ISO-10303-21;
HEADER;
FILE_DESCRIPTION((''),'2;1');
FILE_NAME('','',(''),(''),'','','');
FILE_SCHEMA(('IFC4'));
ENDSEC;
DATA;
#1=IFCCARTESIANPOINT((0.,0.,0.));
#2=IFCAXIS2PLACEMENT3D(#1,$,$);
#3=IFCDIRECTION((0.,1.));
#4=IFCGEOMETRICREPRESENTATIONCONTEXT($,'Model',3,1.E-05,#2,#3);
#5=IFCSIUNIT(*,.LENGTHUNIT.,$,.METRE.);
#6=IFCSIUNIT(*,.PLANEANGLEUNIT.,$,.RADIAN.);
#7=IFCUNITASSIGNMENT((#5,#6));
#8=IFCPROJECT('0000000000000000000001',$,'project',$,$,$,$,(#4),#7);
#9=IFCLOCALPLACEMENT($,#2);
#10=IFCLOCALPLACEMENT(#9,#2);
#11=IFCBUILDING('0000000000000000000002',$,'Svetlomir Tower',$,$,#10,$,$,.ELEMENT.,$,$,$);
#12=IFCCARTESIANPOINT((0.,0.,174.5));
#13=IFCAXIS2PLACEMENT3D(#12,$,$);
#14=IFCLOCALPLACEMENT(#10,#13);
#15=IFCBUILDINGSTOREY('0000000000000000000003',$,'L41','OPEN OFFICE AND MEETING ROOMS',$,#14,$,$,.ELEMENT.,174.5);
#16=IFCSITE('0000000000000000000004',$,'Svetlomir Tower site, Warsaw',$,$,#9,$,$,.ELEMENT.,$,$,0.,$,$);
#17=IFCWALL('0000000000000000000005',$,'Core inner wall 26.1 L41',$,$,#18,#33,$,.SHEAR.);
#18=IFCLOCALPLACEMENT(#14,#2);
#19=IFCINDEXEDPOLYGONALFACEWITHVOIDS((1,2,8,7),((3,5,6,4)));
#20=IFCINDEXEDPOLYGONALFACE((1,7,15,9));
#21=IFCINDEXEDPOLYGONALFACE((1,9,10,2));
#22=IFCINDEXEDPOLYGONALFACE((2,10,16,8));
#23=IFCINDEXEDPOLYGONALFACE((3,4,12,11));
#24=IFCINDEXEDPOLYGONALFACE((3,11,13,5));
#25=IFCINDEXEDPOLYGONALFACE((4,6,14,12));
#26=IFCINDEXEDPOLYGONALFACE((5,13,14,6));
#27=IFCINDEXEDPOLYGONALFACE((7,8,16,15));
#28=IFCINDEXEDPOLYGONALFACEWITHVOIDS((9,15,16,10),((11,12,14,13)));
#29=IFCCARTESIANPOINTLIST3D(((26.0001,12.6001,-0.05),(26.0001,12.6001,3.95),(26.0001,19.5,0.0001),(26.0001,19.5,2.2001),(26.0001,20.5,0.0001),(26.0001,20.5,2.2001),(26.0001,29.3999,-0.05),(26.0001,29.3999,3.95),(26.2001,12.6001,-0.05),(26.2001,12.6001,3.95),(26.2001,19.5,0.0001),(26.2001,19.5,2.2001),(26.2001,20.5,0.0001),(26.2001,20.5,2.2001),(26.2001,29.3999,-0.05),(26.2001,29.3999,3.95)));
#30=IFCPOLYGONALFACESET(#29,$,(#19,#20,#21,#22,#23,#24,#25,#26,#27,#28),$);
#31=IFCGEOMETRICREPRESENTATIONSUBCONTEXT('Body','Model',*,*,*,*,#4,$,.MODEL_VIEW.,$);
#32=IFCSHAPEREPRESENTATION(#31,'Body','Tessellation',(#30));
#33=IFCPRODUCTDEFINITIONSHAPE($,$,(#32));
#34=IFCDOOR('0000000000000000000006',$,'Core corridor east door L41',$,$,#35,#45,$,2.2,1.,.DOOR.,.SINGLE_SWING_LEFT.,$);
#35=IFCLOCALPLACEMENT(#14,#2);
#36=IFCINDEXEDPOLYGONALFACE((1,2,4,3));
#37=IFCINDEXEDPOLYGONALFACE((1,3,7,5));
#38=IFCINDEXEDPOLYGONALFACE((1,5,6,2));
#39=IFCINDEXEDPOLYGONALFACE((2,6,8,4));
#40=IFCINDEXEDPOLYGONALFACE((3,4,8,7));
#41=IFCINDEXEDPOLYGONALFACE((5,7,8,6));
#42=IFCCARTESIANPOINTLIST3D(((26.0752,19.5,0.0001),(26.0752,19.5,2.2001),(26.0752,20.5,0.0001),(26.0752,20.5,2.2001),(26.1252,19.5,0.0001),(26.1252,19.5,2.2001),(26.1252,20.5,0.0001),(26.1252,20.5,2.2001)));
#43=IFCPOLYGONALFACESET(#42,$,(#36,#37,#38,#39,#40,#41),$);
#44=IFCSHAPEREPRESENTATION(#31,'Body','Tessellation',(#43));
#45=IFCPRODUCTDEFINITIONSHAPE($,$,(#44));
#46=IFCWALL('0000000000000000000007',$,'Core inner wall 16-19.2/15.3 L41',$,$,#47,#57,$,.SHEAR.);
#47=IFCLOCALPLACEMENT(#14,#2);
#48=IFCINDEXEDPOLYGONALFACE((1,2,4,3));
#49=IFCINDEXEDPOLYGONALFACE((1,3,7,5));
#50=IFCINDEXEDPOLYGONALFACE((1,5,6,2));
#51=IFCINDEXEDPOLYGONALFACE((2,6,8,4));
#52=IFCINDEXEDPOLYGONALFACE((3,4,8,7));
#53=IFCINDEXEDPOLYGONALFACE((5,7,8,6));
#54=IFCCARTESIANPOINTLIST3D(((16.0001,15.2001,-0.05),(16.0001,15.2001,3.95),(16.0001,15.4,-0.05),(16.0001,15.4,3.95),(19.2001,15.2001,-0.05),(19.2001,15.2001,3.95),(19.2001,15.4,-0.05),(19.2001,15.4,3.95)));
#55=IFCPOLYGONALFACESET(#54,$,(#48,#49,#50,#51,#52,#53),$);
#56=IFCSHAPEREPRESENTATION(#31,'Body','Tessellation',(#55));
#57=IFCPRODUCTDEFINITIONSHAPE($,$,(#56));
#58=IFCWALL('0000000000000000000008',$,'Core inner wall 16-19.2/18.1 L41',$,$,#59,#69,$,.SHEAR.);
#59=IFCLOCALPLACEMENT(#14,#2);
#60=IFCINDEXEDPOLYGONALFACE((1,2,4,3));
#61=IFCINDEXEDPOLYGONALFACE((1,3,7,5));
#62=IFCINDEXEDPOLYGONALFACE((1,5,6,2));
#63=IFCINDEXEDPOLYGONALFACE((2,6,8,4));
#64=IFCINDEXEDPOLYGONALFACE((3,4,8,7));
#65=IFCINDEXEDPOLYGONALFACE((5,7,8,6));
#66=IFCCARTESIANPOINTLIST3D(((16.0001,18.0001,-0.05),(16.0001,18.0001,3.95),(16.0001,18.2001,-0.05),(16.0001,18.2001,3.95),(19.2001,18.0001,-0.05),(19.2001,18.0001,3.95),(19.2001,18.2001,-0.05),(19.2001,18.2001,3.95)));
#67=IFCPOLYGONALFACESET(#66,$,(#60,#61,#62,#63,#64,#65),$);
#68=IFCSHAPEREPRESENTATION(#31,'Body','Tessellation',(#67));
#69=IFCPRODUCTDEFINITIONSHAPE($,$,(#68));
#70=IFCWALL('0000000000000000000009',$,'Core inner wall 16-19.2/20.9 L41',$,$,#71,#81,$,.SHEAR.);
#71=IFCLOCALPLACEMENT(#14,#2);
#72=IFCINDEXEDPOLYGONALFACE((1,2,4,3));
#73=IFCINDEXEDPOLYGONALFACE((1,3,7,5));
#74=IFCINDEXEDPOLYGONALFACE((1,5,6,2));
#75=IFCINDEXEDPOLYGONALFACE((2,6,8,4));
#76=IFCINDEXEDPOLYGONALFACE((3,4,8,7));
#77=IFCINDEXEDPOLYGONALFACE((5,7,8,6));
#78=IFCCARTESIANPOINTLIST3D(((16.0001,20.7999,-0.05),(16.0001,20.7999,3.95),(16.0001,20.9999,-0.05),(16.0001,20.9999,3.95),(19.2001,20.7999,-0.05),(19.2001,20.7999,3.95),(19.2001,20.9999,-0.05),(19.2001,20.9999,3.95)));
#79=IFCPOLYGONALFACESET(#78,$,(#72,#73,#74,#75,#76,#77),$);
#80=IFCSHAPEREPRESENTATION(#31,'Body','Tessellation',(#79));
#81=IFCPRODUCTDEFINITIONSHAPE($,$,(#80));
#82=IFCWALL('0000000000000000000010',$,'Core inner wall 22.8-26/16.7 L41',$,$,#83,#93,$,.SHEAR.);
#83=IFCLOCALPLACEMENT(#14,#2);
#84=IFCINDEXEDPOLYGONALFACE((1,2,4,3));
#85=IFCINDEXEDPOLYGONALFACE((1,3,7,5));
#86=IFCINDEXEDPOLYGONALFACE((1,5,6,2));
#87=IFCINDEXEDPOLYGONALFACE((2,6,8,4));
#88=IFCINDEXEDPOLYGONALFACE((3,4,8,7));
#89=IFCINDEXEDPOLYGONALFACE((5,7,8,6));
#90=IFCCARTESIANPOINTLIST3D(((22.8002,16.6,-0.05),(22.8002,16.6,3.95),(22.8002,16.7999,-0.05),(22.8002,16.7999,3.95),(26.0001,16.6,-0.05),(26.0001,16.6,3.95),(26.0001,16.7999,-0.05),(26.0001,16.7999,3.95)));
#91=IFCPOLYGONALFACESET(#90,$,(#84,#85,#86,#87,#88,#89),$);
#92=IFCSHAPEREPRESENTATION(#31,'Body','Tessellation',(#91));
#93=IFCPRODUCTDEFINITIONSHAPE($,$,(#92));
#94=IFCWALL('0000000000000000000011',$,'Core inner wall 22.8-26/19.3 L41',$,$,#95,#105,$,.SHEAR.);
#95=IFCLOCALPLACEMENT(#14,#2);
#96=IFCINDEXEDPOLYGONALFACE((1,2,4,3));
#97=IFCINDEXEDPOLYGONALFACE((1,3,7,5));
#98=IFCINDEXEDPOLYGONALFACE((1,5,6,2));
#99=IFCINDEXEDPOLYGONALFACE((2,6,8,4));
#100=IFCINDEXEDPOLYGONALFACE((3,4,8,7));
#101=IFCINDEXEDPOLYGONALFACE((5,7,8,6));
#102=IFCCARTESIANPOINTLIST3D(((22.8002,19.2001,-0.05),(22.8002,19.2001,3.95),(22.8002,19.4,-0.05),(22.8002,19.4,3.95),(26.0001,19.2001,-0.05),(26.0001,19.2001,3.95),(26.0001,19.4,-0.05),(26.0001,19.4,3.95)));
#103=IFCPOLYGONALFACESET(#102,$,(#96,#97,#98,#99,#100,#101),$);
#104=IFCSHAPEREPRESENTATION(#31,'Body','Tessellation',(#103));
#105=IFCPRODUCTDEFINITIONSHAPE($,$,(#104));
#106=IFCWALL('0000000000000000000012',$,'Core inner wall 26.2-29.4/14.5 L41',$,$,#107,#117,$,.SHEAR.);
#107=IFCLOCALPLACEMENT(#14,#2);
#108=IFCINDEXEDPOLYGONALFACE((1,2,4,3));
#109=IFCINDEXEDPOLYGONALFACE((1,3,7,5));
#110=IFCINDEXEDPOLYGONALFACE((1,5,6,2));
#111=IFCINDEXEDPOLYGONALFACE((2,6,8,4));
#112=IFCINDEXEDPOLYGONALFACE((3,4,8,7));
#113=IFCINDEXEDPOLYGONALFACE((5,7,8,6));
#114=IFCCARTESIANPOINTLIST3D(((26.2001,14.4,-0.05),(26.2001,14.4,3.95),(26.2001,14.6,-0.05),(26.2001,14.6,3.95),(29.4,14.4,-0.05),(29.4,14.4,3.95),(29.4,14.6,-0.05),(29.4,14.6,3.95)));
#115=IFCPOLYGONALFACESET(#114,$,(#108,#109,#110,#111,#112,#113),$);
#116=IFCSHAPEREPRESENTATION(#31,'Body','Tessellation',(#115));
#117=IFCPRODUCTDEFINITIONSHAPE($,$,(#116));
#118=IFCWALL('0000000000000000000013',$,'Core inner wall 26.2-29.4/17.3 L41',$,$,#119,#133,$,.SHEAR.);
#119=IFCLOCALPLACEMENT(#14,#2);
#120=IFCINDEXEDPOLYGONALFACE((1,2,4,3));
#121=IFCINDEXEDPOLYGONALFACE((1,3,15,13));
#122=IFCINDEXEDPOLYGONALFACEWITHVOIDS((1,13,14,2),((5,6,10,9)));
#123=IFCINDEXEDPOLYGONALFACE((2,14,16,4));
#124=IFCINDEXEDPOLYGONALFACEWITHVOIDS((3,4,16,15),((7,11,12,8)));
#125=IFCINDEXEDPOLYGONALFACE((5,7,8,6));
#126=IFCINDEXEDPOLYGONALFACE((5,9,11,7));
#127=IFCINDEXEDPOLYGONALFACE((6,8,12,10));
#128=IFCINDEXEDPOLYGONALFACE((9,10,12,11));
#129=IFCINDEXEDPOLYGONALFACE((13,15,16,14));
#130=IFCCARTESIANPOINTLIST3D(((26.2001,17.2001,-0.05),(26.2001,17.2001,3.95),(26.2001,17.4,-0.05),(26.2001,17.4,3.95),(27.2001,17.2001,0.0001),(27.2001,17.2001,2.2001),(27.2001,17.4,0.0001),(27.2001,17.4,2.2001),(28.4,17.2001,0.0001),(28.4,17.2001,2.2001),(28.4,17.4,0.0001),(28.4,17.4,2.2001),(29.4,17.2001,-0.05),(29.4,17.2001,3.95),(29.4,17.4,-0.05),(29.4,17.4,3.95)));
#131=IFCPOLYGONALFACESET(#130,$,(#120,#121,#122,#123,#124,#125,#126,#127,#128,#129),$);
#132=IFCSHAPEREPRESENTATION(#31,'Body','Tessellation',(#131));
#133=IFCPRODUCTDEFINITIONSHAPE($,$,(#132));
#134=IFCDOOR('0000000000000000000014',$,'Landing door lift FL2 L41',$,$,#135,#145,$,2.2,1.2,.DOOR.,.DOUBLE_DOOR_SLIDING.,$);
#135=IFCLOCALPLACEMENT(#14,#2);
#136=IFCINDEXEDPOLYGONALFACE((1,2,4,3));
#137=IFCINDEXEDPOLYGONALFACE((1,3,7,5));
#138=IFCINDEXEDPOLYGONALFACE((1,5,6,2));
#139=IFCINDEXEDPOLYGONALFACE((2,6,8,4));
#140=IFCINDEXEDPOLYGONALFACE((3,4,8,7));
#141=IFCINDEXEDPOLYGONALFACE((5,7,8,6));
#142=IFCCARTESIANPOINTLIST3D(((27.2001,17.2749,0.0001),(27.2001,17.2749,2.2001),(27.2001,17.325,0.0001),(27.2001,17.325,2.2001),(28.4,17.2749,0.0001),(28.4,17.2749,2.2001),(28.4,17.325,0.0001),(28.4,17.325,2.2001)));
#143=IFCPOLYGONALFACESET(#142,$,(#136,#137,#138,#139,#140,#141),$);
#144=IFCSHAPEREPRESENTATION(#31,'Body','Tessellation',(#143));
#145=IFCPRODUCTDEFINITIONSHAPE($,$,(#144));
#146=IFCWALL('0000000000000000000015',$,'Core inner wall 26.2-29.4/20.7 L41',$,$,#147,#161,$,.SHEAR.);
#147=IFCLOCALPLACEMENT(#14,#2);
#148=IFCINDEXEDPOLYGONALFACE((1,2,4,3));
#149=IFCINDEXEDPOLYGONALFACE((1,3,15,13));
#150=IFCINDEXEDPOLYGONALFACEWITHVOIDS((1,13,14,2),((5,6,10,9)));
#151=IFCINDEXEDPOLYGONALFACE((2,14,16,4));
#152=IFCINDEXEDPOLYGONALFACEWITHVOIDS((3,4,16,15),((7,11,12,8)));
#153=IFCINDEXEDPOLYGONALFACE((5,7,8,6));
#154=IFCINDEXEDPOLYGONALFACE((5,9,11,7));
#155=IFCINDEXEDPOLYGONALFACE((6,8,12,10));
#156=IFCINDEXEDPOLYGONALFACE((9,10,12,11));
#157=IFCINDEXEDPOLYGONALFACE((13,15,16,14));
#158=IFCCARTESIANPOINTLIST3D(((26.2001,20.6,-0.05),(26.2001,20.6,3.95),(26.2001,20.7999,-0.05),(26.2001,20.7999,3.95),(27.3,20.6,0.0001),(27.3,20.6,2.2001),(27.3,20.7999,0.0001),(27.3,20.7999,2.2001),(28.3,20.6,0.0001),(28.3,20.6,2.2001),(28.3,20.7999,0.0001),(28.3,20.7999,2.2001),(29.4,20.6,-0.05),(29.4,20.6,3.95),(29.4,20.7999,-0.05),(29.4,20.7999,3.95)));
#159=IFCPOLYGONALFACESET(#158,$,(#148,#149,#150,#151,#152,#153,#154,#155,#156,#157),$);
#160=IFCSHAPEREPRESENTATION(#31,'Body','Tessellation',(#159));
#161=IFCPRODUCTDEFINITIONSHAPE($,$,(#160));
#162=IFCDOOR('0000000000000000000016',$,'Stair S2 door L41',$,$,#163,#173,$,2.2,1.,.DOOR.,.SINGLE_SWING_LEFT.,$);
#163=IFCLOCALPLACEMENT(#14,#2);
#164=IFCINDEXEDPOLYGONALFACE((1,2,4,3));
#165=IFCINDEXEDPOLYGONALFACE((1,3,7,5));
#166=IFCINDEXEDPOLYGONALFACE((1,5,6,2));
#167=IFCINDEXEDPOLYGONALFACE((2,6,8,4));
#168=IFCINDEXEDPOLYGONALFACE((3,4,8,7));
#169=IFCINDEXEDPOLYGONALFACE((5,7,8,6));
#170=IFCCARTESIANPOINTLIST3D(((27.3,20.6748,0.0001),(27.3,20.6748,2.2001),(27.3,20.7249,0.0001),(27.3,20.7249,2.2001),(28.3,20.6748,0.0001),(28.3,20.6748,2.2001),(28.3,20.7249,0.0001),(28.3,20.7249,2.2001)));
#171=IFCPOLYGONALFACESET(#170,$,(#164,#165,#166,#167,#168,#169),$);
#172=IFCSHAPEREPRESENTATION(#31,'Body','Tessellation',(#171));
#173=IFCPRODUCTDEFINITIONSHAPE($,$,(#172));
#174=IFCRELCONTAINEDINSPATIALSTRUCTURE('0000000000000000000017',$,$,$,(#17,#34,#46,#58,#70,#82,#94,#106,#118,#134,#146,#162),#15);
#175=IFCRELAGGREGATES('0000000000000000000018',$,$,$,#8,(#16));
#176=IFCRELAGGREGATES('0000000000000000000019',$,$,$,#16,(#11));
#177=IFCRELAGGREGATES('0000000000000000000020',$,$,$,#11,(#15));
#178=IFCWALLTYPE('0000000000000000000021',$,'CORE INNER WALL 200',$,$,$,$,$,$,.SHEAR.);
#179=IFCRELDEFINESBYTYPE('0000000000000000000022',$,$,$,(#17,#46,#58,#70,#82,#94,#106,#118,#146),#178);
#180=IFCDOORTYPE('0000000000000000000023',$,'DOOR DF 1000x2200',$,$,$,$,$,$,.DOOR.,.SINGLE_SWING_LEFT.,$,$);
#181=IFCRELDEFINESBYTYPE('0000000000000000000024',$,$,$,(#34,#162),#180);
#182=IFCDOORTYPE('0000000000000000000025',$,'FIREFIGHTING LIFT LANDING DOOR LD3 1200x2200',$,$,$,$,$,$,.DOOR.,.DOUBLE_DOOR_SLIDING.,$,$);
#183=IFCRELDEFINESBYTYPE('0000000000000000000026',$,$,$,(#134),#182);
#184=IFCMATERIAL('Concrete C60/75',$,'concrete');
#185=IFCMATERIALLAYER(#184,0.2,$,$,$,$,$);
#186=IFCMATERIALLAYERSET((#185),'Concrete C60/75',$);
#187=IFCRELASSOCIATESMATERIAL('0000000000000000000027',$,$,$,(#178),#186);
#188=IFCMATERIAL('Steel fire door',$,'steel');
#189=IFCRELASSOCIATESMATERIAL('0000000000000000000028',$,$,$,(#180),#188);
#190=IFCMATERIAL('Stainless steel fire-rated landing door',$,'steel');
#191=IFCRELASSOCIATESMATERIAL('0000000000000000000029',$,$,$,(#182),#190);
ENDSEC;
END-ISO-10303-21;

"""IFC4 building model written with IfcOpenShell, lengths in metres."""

from ifc_helpers import new_model, si_unit, direction, frame, frame_2d, origin, place, context, subcontext, project, spatial, rectangle, extrude, material, layer, layer_set, type_object, element, fill, save


model = new_model("IFC4")

# Units and contexts
model_context = context("Model", 3, precision=1e-05, world=origin(), true_north=direction((0.0, 1.0)))
body_context = subcontext(model_context, "Body", "Model", "MODEL_VIEW")
ifc_project = project(units=[si_unit("LENGTHUNIT", "METRE"), si_unit("PLANEANGLEUNIT", "RADIAN")], contexts=[model_context])

# Site, building, storey
site_placement = place(None, origin())
site = spatial("IfcSite", under=ifc_project, at=site_placement, Name="Svetlomir Tower site, Warsaw", CompositionType="ELEMENT", RefElevation=0.0)
building_placement = place(site_placement, origin())
building = spatial("IfcBuilding", under=site, at=building_placement, Name="Svetlomir Tower", CompositionType="ELEMENT")
storey_placement = place(building_placement, frame((0.0, 0.0, 174.5)))
storey = spatial("IfcBuildingStorey", under=building, at=storey_placement, Name="L41", Description="OPEN OFFICE AND MEETING ROOMS", CompositionType="ELEMENT", Elevation=174.5)

# Wall, opening, door
ifc_material_1 = material(Name="Concrete C60/75", Category="concrete")
ifc_layer_1 = layer(ifc_material_1, 0.2)
ifc_layer_set_1 = layer_set([ifc_layer_1], Name="Concrete C60/75")
wall_type_1 = type_object("IfcWallType", Name="CORE INNER WALL 200", PredefinedType="SHEAR", material=ifc_layer_set_1)
wall_1_placement = place(storey_placement, frame((26.1001, 12.6001, -0.05), z_axis=(0.0, 0.0, 1.0), x_axis=(0.0, 1.0, 0.0)))
wall_1 = element("IfcWall", 1, at=wall_1_placement, inside=storey, type_object=wall_type_1, Name="Core inner wall 26.1 L41", PredefinedType="SHEAR", context=body_context, shape_type="SweptSolid", body=[
    extrude(rectangle(XDim=16.7998, YDim=0.2, at=frame_2d((8.3999, 0.0))), origin(), (0.0, 0.0, 1.0), 4.0),
])
opening_1_placement = place(wall_1_placement, frame((6.8999, 0.0, 0.05)))
opening_1 = element("IfcOpeningElement", 2, at=opening_1_placement, cuts=wall_1, PredefinedType="OPENING", context=body_context, shape_type="SweptSolid", body=[
    extrude(rectangle(XDim=1.0, YDim=2.2, at=frame_2d((0.5, 1.1001))), frame((0.0, 0.1099, 0.0), z_axis=(0.0, -1.0, 0.0), x_axis=(1.0, 0.0, 0.0)), (0.0, 0.0, 1.0), 0.22),
])
ifc_material_2 = material(Name="Steel fire door", Category="steel")
door_type_1 = type_object("IfcDoorType", Name="DOOR DF 1000x2200", OperationType="SINGLE_SWING_LEFT", PredefinedType="DOOR", material=ifc_material_2)
door_1_placement = place(opening_1_placement, origin())
door_1 = element("IfcDoor", 3, at=door_1_placement, inside=storey, type_object=door_type_1, Name="Core corridor east door L41", OperationType="SINGLE_SWING_LEFT", OverallHeight=2.2, OverallWidth=1.0, PredefinedType="DOOR", context=body_context, shape_type="SweptSolid", body=[
    extrude(rectangle(XDim=1.0, YDim=2.2, at=frame_2d((0.5, 1.1001))), frame((0.0, 0.0249, 0.0), z_axis=(0.0, -1.0, 0.0), x_axis=(1.0, 0.0, 0.0)), (0.0, 0.0, 1.0), 0.05),
])
fill(opening_1, door_1)

# Walls
for number, where, z_axis, x_axis, name in (
    (4, (16.0, 15.3, -0.05), (0.0, 0.0, 1.0), (1.0, 0.0, 0.0), "Core inner wall 16-19.2/15.3 L41"),
    (5, (16.0, 18.1001, -0.05), (0.0, 0.0, 1.0), (1.0, 0.0, 0.0), "Core inner wall 16-19.2/18.1 L41"),
    (6, (16.0, 20.8999, -0.05), (0.0, 0.0, 1.0), (1.0, 0.0, 0.0), "Core inner wall 16-19.2/20.9 L41"),
    (7, (22.8, 16.7, -0.05), (0.0, 0.0, 1.0), (1.0, 0.0, 0.0), "Core inner wall 22.8-26/16.7 L41"),
    (8, (22.8, 19.3, -0.05), (0.0, 0.0, 1.0), (1.0, 0.0, 0.0), "Core inner wall 22.8-26/19.3 L41"),
    (9, (26.2, 14.5, -0.05), (0.0, 0.0, 1.0), (1.0, 0.0, 0.0), "Core inner wall 26.2-29.4/14.5 L41"),
):
    element("IfcWall", number, at=place(storey_placement, frame(where, z_axis=z_axis, x_axis=x_axis)), inside=storey, type_object=wall_type_1, Name=name, PredefinedType="SHEAR", context=body_context, shape_type="SweptSolid", body=[
        extrude(rectangle(XDim=3.2, YDim=0.2, at=frame_2d((1.6001, 0.0))), origin(), (0.0, 0.0, 1.0), 4.0),
    ])

# Walls, openings, doors
wall_2_placement = place(storey_placement, frame((26.2, 17.3, -0.05), z_axis=(0.0, 0.0, 1.0), x_axis=(1.0, 0.0, 0.0)))
wall_2 = element("IfcWall", 10, at=wall_2_placement, inside=storey, type_object=wall_type_1, Name="Core inner wall 26.2-29.4/17.3 L41", PredefinedType="SHEAR", context=body_context, shape_type="SweptSolid", body=[
    extrude(rectangle(XDim=3.2, YDim=0.2, at=frame_2d((1.6001, 0.0))), origin(), (0.0, 0.0, 1.0), 4.0),
])
opening_2_placement = place(wall_2_placement, frame((1.0, 0.0, 0.05)))
opening_2 = element("IfcOpeningElement", 11, at=opening_2_placement, cuts=wall_2, PredefinedType="OPENING", context=body_context, shape_type="SweptSolid", body=[
    extrude(rectangle(XDim=1.2, YDim=2.2, at=frame_2d((0.6001, 1.1001))), frame((0.0, 0.1099, 0.0), z_axis=(0.0, -1.0, 0.0), x_axis=(1.0, 0.0, 0.0)), (0.0, 0.0, 1.0), 0.22),
])
ifc_material_3 = material(Name="Stainless steel fire-rated landing door", Category="steel")
door_type_2 = type_object("IfcDoorType", Name="FIREFIGHTING LIFT LANDING DOOR LD3 1200x2200", OperationType="DOUBLE_DOOR_SLIDING", PredefinedType="DOOR", material=ifc_material_3)
door_2_placement = place(opening_2_placement, origin())
door_2 = element("IfcDoor", 12, at=door_2_placement, inside=storey, type_object=door_type_2, Name="Landing door lift FL2 L41", OperationType="DOUBLE_DOOR_SLIDING", OverallHeight=2.2, OverallWidth=1.2, PredefinedType="DOOR", context=body_context, shape_type="SweptSolid", body=[
    extrude(rectangle(XDim=1.2, YDim=2.2, at=frame_2d((0.6001, 1.1001))), frame((0.0, 0.0249, 0.0), z_axis=(0.0, -1.0, 0.0), x_axis=(1.0, 0.0, 0.0)), (0.0, 0.0, 1.0), 0.05),
])
fill(opening_2, door_2)
wall_3_placement = place(storey_placement, frame((26.2, 20.7, -0.05), z_axis=(0.0, 0.0, 1.0), x_axis=(1.0, 0.0, 0.0)))
wall_3 = element("IfcWall", 13, at=wall_3_placement, inside=storey, type_object=wall_type_1, Name="Core inner wall 26.2-29.4/20.7 L41", PredefinedType="SHEAR", context=body_context, shape_type="SweptSolid", body=[
    extrude(rectangle(XDim=3.2, YDim=0.2, at=frame_2d((1.6001, 0.0))), origin(), (0.0, 0.0, 1.0), 4.0),
])
opening_3_placement = place(wall_3_placement, frame((1.1001, 0.0, 0.05)))
opening_3 = element("IfcOpeningElement", 14, at=opening_3_placement, cuts=wall_3, PredefinedType="OPENING", context=body_context, shape_type="SweptSolid", body=[
    extrude(rectangle(XDim=1.0, YDim=2.2, at=frame_2d((0.5, 1.1001))), frame((0.0, 0.1099, 0.0), z_axis=(0.0, -1.0, 0.0), x_axis=(1.0, 0.0, 0.0)), (0.0, 0.0, 1.0), 0.22),
])
door_3_placement = place(opening_3_placement, origin())
door_3 = element("IfcDoor", 15, at=door_3_placement, inside=storey, type_object=door_type_1, Name="Stair S2 door L41", OperationType="SINGLE_SWING_LEFT", OverallHeight=2.2, OverallWidth=1.0, PredefinedType="DOOR", context=body_context, shape_type="SweptSolid", body=[
    extrude(rectangle(XDim=1.0, YDim=2.2, at=frame_2d((0.5, 1.1001))), frame((0.0, 0.0249, 0.0), z_axis=(0.0, -1.0, 0.0), x_axis=(1.0, 0.0, 0.0)), (0.0, 0.0, 1.0), 0.05),
])
fill(opening_3, door_3)

save(model, "model.ifc")
